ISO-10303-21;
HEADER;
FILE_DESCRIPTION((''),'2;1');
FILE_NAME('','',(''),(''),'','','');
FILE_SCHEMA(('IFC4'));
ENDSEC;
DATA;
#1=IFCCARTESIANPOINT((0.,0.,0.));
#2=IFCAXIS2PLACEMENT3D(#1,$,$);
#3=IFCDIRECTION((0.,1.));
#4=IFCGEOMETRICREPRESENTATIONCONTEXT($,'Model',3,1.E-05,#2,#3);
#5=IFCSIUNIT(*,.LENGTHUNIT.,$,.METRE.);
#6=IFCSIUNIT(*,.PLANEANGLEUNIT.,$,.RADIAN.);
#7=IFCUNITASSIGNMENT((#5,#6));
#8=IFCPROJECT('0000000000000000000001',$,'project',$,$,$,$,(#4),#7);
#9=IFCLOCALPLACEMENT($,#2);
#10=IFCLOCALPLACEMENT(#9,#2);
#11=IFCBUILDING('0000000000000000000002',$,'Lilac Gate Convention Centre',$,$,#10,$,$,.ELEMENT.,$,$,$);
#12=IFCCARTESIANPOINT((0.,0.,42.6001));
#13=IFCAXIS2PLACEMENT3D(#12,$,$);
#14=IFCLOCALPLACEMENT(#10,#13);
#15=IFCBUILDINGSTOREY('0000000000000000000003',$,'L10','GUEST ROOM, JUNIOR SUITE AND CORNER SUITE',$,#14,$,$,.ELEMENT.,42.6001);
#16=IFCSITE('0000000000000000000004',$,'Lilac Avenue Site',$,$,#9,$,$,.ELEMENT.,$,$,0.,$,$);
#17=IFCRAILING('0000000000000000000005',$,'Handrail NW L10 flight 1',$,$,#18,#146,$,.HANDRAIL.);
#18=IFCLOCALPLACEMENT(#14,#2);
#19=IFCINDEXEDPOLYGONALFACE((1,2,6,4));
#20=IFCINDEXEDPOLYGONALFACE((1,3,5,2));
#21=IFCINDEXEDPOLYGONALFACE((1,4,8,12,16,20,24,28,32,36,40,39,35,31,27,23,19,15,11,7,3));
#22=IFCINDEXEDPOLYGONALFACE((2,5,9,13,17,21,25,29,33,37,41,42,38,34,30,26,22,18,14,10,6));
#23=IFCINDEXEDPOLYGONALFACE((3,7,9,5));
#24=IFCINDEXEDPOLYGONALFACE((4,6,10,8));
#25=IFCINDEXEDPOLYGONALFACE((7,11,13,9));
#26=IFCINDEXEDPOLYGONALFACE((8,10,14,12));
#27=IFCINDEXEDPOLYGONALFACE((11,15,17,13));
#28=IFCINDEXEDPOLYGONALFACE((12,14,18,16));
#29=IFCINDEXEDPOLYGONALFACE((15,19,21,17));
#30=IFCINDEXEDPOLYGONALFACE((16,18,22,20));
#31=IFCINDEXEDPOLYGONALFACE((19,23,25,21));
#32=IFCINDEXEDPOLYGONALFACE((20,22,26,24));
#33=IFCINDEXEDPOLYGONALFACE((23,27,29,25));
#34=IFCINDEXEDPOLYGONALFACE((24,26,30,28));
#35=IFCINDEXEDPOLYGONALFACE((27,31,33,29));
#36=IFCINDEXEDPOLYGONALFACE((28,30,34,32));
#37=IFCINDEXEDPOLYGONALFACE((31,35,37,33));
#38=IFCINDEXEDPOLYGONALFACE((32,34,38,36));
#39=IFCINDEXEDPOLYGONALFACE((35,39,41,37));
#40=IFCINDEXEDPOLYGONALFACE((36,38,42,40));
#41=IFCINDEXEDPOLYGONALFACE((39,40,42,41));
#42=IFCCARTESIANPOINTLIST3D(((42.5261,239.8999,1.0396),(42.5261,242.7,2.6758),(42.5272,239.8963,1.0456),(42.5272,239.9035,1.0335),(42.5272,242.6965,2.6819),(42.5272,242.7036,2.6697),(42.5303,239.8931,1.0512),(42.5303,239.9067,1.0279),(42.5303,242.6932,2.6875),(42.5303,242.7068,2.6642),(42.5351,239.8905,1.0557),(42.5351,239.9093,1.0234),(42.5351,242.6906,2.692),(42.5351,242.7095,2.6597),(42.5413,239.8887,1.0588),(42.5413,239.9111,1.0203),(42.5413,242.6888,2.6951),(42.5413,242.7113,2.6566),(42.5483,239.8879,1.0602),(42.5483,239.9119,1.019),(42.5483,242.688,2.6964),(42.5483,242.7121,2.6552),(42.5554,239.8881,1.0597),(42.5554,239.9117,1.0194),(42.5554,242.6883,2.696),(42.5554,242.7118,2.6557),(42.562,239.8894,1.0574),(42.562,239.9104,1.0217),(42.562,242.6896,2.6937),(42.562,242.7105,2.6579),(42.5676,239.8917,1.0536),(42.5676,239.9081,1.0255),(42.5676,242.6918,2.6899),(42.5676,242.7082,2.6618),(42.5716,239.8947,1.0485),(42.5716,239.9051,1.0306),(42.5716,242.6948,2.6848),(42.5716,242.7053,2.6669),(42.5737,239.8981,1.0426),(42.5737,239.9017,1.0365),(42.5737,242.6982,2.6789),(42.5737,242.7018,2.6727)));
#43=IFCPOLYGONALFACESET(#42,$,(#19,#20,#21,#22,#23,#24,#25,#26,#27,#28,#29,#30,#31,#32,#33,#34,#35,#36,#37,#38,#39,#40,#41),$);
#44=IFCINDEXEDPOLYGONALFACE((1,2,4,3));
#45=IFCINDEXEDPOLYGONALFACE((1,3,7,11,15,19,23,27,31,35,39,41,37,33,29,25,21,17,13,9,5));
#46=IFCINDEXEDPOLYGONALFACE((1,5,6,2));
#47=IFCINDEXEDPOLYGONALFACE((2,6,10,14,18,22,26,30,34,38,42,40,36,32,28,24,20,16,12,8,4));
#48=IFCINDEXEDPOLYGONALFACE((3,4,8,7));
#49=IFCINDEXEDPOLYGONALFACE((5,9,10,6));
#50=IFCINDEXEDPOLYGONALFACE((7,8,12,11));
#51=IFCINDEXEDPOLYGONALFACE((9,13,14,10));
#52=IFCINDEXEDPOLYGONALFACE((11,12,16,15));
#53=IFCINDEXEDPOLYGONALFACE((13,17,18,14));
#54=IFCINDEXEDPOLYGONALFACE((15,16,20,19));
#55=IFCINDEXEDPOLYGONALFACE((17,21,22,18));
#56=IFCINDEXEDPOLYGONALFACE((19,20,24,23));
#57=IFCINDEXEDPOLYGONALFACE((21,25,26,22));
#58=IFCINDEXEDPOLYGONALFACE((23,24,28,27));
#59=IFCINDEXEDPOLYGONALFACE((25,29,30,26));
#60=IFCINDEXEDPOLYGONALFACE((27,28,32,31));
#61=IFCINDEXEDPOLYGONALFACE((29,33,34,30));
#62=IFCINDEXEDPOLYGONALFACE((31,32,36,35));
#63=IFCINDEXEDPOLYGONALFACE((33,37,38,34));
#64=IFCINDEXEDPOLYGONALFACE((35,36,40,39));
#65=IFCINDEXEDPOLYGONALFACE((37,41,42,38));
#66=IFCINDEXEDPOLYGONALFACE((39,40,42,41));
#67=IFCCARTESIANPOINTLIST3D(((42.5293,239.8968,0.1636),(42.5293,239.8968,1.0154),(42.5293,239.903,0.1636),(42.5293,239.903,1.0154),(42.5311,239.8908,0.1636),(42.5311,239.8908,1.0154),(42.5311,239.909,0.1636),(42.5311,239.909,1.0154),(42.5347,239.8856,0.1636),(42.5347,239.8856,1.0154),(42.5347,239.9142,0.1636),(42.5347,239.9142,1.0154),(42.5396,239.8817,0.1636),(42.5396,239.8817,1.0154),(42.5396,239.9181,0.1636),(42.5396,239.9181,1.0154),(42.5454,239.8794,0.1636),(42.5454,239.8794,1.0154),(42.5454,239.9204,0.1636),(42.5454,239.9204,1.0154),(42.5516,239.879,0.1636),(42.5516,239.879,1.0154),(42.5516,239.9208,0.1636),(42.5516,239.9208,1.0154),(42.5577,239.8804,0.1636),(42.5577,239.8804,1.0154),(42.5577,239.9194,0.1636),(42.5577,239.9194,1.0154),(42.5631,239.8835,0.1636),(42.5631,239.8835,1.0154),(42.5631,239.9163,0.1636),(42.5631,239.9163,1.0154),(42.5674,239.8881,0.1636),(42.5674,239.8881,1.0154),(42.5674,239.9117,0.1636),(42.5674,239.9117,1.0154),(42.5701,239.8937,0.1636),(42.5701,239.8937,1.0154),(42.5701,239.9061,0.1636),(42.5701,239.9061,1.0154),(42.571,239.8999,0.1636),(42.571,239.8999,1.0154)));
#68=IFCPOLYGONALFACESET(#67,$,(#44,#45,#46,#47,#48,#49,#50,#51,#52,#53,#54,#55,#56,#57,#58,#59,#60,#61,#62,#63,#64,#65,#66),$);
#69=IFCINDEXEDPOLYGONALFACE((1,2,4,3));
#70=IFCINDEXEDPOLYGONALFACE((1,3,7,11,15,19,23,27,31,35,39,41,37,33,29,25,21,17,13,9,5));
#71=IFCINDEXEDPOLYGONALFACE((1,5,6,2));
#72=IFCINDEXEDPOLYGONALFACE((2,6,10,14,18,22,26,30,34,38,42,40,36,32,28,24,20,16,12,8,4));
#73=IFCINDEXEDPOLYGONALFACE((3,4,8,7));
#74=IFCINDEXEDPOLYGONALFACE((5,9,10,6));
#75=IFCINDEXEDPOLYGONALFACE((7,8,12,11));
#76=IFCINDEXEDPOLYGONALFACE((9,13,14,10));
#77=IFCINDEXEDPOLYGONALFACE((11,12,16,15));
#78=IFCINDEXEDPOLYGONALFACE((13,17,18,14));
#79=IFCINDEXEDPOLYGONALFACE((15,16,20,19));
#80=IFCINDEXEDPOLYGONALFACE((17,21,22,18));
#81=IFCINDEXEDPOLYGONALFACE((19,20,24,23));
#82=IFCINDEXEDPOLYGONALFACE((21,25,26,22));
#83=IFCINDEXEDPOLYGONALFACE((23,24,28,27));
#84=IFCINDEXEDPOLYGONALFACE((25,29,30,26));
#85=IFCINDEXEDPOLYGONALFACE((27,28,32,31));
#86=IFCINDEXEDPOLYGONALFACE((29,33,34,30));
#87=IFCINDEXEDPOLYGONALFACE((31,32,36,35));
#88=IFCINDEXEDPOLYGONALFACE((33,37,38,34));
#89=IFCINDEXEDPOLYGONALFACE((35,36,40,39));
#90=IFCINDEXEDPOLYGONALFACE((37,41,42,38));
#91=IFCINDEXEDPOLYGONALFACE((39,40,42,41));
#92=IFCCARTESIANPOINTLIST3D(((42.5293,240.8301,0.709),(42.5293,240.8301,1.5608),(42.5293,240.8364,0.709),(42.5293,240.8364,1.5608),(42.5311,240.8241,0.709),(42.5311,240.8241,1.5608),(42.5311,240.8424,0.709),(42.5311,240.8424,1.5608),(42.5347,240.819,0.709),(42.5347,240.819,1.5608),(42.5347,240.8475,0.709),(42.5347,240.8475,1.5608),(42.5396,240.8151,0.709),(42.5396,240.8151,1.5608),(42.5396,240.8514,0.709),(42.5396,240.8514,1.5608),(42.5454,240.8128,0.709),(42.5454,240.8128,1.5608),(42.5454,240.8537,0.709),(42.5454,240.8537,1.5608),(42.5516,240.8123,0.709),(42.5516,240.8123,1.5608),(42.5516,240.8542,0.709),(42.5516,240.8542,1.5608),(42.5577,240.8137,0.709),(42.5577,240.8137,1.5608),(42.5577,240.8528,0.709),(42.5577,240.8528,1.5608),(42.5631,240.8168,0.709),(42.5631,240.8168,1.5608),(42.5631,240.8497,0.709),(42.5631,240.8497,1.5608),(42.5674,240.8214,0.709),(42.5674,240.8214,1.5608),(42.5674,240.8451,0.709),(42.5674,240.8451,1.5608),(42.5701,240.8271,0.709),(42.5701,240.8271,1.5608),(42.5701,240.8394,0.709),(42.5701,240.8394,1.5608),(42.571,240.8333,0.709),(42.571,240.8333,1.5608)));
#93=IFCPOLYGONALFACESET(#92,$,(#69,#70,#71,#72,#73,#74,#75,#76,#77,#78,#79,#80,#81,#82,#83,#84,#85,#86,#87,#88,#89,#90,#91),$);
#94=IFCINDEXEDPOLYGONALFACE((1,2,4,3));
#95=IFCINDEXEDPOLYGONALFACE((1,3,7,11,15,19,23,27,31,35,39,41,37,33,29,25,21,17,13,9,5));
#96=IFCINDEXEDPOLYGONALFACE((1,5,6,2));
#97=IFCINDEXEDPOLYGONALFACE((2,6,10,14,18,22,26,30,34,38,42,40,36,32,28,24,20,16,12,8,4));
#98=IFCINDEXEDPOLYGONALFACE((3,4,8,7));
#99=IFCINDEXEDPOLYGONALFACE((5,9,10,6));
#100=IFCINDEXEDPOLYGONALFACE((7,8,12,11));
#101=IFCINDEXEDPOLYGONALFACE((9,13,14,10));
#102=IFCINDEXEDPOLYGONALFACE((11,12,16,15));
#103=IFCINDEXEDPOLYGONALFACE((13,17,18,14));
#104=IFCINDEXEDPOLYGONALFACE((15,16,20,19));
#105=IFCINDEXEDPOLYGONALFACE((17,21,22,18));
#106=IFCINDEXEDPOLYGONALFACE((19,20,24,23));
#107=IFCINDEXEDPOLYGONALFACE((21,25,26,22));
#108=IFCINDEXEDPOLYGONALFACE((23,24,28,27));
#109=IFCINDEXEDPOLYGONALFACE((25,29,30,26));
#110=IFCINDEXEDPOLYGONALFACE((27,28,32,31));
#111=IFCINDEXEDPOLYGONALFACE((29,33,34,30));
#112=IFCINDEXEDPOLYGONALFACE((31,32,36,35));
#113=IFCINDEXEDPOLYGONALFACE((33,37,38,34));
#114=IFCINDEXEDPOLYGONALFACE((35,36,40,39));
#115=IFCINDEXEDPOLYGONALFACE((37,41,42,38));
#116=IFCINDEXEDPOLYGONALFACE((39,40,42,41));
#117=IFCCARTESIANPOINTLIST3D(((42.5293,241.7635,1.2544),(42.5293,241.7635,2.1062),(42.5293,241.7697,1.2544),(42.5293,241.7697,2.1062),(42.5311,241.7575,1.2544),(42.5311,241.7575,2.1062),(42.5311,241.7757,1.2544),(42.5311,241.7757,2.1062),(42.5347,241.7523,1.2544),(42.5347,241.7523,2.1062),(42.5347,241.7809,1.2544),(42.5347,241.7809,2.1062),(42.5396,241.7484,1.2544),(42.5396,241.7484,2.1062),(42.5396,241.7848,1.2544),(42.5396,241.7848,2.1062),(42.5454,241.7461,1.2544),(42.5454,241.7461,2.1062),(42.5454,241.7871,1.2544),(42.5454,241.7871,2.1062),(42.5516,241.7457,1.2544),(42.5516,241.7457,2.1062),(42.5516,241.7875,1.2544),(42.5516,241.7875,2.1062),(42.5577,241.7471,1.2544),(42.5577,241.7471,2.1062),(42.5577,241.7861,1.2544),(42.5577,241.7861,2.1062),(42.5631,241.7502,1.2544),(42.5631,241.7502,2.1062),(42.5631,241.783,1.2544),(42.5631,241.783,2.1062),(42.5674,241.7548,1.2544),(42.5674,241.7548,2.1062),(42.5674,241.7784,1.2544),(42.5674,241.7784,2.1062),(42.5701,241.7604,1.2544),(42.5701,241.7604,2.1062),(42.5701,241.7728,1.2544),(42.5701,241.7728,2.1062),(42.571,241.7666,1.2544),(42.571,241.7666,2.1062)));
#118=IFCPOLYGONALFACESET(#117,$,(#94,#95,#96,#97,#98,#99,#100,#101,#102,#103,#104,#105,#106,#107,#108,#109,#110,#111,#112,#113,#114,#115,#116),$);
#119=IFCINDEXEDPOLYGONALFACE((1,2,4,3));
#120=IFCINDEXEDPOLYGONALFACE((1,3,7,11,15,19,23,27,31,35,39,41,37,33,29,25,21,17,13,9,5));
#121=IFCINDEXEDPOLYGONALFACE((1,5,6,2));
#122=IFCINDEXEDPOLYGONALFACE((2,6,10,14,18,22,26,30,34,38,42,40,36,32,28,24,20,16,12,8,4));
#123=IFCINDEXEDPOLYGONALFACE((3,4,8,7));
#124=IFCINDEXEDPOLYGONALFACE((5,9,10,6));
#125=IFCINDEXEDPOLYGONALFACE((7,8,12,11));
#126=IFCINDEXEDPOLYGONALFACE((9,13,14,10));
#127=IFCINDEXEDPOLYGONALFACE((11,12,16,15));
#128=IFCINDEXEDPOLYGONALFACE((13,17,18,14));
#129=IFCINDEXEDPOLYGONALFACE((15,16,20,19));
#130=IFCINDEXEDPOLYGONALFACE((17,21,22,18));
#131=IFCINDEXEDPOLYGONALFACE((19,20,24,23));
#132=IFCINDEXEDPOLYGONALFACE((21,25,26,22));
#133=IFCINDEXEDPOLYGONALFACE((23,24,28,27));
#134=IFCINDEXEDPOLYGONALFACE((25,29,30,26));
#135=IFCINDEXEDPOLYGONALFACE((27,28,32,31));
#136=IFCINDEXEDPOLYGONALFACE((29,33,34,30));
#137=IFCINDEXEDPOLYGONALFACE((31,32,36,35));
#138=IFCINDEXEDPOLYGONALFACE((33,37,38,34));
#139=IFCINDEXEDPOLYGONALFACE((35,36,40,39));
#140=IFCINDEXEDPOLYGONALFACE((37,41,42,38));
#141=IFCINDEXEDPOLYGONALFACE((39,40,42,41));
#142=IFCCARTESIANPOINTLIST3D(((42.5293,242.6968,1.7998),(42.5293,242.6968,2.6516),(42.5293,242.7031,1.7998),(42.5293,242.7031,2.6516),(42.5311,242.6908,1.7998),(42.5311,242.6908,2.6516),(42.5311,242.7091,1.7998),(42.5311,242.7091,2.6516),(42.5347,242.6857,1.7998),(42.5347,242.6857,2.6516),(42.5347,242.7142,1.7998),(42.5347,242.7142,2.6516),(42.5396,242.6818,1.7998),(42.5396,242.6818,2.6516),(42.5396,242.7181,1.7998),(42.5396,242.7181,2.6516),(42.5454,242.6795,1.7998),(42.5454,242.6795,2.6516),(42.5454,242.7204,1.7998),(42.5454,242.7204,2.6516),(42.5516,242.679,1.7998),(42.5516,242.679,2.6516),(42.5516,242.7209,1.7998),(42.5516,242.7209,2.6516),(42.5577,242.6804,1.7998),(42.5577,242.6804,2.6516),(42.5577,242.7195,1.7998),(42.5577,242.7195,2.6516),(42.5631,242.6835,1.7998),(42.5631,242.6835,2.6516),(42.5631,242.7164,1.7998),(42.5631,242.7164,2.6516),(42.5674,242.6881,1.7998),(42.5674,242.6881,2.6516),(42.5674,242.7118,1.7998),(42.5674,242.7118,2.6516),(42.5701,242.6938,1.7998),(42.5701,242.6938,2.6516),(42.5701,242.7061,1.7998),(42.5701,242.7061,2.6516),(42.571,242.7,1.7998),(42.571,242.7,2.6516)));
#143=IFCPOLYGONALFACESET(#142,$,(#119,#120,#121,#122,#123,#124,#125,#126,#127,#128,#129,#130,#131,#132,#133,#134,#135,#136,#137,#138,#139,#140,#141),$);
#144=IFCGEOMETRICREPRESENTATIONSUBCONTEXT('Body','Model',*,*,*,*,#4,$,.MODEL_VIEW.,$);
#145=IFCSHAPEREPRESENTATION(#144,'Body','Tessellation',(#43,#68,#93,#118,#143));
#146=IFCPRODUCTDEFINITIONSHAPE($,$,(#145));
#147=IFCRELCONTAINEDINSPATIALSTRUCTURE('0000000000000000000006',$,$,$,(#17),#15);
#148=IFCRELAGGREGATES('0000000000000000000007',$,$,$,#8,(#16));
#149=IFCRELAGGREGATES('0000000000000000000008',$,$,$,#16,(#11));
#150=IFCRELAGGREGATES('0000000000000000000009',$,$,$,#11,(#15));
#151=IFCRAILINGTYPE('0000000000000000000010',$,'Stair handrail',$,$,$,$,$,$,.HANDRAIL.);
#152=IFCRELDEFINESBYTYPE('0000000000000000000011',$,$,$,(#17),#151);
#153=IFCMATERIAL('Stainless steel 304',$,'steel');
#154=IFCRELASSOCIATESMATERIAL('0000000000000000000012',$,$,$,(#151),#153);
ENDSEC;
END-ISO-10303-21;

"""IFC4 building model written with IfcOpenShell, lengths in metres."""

from ifc_helpers import new_model, si_unit, direction, frame, origin, origin_2d, place, context, subcontext, project, spatial, circle, extrude, material, type_object, element, save


model = new_model("IFC4")

# Units and contexts
model_context = context("Model", 3, precision=1e-05, world=origin(), true_north=direction((0.0, 1.0)))
body_context = subcontext(model_context, "Body", "Model", "MODEL_VIEW")
ifc_project = project(units=[si_unit("LENGTHUNIT", "METRE"), si_unit("PLANEANGLEUNIT", "RADIAN")], contexts=[model_context])

# Site, building, storey
site_placement = place(None, origin())
site = spatial("IfcSite", under=ifc_project, at=site_placement, Name="Lilac Avenue Site", CompositionType="ELEMENT", RefElevation=0.0)
building_placement = place(site_placement, origin())
building = spatial("IfcBuilding", under=site, at=building_placement, Name="Lilac Gate Convention Centre", CompositionType="ELEMENT")
storey_placement = place(building_placement, frame((0.0, 0.0, 42.6001)))
storey = spatial("IfcBuildingStorey", under=building, at=storey_placement, Name="L10", Description="GUEST ROOM, JUNIOR SUITE AND CORNER SUITE", CompositionType="ELEMENT", Elevation=42.6001)

# Railing
ifc_material_1 = material(Name="Stainless steel 304", Category="steel")
railing_type = type_object("IfcRailingType", Name="Stair handrail", PredefinedType="HANDRAIL", material=ifc_material_1)
for number, where, name in (
    (1, (42.55, 239.8999, 0.1636), "Handrail NW L10 flight 1"),
):
    element("IfcRailing", number, at=place(storey_placement, frame(where)), inside=storey, type_object=railing_type, Name=name, PredefinedType="HANDRAIL", context=body_context, shape_type="SweptSolid", body=[
        extrude(circle(Radius=0.0239, at=origin_2d()), frame((0.0, 0.0, 0.876), z_axis=(0.0, 0.863394, 0.504531), x_axis=(-1.0, 0.0, 0.0)), (0.0, 0.0, 1.0), 3.2432),
        extrude(circle(Radius=0.021, at=origin_2d()), origin(), (0.0, 0.0, 1.0), 0.8518),
        extrude(circle(Radius=0.021, at=origin_2d()), frame((0.0, 0.9333, 0.5454)), (0.0, 0.0, 1.0), 0.8518),
        extrude(circle(Radius=0.021, at=origin_2d()), frame((0.0, 1.8667, 1.0908)), (0.0, 0.0, 1.0), 0.8518),
        extrude(circle(Radius=0.021, at=origin_2d()), frame((0.0, 2.8, 1.6362)), (0.0, 0.0, 1.0), 0.8518),
    ])

save(model, "model.ifc")
